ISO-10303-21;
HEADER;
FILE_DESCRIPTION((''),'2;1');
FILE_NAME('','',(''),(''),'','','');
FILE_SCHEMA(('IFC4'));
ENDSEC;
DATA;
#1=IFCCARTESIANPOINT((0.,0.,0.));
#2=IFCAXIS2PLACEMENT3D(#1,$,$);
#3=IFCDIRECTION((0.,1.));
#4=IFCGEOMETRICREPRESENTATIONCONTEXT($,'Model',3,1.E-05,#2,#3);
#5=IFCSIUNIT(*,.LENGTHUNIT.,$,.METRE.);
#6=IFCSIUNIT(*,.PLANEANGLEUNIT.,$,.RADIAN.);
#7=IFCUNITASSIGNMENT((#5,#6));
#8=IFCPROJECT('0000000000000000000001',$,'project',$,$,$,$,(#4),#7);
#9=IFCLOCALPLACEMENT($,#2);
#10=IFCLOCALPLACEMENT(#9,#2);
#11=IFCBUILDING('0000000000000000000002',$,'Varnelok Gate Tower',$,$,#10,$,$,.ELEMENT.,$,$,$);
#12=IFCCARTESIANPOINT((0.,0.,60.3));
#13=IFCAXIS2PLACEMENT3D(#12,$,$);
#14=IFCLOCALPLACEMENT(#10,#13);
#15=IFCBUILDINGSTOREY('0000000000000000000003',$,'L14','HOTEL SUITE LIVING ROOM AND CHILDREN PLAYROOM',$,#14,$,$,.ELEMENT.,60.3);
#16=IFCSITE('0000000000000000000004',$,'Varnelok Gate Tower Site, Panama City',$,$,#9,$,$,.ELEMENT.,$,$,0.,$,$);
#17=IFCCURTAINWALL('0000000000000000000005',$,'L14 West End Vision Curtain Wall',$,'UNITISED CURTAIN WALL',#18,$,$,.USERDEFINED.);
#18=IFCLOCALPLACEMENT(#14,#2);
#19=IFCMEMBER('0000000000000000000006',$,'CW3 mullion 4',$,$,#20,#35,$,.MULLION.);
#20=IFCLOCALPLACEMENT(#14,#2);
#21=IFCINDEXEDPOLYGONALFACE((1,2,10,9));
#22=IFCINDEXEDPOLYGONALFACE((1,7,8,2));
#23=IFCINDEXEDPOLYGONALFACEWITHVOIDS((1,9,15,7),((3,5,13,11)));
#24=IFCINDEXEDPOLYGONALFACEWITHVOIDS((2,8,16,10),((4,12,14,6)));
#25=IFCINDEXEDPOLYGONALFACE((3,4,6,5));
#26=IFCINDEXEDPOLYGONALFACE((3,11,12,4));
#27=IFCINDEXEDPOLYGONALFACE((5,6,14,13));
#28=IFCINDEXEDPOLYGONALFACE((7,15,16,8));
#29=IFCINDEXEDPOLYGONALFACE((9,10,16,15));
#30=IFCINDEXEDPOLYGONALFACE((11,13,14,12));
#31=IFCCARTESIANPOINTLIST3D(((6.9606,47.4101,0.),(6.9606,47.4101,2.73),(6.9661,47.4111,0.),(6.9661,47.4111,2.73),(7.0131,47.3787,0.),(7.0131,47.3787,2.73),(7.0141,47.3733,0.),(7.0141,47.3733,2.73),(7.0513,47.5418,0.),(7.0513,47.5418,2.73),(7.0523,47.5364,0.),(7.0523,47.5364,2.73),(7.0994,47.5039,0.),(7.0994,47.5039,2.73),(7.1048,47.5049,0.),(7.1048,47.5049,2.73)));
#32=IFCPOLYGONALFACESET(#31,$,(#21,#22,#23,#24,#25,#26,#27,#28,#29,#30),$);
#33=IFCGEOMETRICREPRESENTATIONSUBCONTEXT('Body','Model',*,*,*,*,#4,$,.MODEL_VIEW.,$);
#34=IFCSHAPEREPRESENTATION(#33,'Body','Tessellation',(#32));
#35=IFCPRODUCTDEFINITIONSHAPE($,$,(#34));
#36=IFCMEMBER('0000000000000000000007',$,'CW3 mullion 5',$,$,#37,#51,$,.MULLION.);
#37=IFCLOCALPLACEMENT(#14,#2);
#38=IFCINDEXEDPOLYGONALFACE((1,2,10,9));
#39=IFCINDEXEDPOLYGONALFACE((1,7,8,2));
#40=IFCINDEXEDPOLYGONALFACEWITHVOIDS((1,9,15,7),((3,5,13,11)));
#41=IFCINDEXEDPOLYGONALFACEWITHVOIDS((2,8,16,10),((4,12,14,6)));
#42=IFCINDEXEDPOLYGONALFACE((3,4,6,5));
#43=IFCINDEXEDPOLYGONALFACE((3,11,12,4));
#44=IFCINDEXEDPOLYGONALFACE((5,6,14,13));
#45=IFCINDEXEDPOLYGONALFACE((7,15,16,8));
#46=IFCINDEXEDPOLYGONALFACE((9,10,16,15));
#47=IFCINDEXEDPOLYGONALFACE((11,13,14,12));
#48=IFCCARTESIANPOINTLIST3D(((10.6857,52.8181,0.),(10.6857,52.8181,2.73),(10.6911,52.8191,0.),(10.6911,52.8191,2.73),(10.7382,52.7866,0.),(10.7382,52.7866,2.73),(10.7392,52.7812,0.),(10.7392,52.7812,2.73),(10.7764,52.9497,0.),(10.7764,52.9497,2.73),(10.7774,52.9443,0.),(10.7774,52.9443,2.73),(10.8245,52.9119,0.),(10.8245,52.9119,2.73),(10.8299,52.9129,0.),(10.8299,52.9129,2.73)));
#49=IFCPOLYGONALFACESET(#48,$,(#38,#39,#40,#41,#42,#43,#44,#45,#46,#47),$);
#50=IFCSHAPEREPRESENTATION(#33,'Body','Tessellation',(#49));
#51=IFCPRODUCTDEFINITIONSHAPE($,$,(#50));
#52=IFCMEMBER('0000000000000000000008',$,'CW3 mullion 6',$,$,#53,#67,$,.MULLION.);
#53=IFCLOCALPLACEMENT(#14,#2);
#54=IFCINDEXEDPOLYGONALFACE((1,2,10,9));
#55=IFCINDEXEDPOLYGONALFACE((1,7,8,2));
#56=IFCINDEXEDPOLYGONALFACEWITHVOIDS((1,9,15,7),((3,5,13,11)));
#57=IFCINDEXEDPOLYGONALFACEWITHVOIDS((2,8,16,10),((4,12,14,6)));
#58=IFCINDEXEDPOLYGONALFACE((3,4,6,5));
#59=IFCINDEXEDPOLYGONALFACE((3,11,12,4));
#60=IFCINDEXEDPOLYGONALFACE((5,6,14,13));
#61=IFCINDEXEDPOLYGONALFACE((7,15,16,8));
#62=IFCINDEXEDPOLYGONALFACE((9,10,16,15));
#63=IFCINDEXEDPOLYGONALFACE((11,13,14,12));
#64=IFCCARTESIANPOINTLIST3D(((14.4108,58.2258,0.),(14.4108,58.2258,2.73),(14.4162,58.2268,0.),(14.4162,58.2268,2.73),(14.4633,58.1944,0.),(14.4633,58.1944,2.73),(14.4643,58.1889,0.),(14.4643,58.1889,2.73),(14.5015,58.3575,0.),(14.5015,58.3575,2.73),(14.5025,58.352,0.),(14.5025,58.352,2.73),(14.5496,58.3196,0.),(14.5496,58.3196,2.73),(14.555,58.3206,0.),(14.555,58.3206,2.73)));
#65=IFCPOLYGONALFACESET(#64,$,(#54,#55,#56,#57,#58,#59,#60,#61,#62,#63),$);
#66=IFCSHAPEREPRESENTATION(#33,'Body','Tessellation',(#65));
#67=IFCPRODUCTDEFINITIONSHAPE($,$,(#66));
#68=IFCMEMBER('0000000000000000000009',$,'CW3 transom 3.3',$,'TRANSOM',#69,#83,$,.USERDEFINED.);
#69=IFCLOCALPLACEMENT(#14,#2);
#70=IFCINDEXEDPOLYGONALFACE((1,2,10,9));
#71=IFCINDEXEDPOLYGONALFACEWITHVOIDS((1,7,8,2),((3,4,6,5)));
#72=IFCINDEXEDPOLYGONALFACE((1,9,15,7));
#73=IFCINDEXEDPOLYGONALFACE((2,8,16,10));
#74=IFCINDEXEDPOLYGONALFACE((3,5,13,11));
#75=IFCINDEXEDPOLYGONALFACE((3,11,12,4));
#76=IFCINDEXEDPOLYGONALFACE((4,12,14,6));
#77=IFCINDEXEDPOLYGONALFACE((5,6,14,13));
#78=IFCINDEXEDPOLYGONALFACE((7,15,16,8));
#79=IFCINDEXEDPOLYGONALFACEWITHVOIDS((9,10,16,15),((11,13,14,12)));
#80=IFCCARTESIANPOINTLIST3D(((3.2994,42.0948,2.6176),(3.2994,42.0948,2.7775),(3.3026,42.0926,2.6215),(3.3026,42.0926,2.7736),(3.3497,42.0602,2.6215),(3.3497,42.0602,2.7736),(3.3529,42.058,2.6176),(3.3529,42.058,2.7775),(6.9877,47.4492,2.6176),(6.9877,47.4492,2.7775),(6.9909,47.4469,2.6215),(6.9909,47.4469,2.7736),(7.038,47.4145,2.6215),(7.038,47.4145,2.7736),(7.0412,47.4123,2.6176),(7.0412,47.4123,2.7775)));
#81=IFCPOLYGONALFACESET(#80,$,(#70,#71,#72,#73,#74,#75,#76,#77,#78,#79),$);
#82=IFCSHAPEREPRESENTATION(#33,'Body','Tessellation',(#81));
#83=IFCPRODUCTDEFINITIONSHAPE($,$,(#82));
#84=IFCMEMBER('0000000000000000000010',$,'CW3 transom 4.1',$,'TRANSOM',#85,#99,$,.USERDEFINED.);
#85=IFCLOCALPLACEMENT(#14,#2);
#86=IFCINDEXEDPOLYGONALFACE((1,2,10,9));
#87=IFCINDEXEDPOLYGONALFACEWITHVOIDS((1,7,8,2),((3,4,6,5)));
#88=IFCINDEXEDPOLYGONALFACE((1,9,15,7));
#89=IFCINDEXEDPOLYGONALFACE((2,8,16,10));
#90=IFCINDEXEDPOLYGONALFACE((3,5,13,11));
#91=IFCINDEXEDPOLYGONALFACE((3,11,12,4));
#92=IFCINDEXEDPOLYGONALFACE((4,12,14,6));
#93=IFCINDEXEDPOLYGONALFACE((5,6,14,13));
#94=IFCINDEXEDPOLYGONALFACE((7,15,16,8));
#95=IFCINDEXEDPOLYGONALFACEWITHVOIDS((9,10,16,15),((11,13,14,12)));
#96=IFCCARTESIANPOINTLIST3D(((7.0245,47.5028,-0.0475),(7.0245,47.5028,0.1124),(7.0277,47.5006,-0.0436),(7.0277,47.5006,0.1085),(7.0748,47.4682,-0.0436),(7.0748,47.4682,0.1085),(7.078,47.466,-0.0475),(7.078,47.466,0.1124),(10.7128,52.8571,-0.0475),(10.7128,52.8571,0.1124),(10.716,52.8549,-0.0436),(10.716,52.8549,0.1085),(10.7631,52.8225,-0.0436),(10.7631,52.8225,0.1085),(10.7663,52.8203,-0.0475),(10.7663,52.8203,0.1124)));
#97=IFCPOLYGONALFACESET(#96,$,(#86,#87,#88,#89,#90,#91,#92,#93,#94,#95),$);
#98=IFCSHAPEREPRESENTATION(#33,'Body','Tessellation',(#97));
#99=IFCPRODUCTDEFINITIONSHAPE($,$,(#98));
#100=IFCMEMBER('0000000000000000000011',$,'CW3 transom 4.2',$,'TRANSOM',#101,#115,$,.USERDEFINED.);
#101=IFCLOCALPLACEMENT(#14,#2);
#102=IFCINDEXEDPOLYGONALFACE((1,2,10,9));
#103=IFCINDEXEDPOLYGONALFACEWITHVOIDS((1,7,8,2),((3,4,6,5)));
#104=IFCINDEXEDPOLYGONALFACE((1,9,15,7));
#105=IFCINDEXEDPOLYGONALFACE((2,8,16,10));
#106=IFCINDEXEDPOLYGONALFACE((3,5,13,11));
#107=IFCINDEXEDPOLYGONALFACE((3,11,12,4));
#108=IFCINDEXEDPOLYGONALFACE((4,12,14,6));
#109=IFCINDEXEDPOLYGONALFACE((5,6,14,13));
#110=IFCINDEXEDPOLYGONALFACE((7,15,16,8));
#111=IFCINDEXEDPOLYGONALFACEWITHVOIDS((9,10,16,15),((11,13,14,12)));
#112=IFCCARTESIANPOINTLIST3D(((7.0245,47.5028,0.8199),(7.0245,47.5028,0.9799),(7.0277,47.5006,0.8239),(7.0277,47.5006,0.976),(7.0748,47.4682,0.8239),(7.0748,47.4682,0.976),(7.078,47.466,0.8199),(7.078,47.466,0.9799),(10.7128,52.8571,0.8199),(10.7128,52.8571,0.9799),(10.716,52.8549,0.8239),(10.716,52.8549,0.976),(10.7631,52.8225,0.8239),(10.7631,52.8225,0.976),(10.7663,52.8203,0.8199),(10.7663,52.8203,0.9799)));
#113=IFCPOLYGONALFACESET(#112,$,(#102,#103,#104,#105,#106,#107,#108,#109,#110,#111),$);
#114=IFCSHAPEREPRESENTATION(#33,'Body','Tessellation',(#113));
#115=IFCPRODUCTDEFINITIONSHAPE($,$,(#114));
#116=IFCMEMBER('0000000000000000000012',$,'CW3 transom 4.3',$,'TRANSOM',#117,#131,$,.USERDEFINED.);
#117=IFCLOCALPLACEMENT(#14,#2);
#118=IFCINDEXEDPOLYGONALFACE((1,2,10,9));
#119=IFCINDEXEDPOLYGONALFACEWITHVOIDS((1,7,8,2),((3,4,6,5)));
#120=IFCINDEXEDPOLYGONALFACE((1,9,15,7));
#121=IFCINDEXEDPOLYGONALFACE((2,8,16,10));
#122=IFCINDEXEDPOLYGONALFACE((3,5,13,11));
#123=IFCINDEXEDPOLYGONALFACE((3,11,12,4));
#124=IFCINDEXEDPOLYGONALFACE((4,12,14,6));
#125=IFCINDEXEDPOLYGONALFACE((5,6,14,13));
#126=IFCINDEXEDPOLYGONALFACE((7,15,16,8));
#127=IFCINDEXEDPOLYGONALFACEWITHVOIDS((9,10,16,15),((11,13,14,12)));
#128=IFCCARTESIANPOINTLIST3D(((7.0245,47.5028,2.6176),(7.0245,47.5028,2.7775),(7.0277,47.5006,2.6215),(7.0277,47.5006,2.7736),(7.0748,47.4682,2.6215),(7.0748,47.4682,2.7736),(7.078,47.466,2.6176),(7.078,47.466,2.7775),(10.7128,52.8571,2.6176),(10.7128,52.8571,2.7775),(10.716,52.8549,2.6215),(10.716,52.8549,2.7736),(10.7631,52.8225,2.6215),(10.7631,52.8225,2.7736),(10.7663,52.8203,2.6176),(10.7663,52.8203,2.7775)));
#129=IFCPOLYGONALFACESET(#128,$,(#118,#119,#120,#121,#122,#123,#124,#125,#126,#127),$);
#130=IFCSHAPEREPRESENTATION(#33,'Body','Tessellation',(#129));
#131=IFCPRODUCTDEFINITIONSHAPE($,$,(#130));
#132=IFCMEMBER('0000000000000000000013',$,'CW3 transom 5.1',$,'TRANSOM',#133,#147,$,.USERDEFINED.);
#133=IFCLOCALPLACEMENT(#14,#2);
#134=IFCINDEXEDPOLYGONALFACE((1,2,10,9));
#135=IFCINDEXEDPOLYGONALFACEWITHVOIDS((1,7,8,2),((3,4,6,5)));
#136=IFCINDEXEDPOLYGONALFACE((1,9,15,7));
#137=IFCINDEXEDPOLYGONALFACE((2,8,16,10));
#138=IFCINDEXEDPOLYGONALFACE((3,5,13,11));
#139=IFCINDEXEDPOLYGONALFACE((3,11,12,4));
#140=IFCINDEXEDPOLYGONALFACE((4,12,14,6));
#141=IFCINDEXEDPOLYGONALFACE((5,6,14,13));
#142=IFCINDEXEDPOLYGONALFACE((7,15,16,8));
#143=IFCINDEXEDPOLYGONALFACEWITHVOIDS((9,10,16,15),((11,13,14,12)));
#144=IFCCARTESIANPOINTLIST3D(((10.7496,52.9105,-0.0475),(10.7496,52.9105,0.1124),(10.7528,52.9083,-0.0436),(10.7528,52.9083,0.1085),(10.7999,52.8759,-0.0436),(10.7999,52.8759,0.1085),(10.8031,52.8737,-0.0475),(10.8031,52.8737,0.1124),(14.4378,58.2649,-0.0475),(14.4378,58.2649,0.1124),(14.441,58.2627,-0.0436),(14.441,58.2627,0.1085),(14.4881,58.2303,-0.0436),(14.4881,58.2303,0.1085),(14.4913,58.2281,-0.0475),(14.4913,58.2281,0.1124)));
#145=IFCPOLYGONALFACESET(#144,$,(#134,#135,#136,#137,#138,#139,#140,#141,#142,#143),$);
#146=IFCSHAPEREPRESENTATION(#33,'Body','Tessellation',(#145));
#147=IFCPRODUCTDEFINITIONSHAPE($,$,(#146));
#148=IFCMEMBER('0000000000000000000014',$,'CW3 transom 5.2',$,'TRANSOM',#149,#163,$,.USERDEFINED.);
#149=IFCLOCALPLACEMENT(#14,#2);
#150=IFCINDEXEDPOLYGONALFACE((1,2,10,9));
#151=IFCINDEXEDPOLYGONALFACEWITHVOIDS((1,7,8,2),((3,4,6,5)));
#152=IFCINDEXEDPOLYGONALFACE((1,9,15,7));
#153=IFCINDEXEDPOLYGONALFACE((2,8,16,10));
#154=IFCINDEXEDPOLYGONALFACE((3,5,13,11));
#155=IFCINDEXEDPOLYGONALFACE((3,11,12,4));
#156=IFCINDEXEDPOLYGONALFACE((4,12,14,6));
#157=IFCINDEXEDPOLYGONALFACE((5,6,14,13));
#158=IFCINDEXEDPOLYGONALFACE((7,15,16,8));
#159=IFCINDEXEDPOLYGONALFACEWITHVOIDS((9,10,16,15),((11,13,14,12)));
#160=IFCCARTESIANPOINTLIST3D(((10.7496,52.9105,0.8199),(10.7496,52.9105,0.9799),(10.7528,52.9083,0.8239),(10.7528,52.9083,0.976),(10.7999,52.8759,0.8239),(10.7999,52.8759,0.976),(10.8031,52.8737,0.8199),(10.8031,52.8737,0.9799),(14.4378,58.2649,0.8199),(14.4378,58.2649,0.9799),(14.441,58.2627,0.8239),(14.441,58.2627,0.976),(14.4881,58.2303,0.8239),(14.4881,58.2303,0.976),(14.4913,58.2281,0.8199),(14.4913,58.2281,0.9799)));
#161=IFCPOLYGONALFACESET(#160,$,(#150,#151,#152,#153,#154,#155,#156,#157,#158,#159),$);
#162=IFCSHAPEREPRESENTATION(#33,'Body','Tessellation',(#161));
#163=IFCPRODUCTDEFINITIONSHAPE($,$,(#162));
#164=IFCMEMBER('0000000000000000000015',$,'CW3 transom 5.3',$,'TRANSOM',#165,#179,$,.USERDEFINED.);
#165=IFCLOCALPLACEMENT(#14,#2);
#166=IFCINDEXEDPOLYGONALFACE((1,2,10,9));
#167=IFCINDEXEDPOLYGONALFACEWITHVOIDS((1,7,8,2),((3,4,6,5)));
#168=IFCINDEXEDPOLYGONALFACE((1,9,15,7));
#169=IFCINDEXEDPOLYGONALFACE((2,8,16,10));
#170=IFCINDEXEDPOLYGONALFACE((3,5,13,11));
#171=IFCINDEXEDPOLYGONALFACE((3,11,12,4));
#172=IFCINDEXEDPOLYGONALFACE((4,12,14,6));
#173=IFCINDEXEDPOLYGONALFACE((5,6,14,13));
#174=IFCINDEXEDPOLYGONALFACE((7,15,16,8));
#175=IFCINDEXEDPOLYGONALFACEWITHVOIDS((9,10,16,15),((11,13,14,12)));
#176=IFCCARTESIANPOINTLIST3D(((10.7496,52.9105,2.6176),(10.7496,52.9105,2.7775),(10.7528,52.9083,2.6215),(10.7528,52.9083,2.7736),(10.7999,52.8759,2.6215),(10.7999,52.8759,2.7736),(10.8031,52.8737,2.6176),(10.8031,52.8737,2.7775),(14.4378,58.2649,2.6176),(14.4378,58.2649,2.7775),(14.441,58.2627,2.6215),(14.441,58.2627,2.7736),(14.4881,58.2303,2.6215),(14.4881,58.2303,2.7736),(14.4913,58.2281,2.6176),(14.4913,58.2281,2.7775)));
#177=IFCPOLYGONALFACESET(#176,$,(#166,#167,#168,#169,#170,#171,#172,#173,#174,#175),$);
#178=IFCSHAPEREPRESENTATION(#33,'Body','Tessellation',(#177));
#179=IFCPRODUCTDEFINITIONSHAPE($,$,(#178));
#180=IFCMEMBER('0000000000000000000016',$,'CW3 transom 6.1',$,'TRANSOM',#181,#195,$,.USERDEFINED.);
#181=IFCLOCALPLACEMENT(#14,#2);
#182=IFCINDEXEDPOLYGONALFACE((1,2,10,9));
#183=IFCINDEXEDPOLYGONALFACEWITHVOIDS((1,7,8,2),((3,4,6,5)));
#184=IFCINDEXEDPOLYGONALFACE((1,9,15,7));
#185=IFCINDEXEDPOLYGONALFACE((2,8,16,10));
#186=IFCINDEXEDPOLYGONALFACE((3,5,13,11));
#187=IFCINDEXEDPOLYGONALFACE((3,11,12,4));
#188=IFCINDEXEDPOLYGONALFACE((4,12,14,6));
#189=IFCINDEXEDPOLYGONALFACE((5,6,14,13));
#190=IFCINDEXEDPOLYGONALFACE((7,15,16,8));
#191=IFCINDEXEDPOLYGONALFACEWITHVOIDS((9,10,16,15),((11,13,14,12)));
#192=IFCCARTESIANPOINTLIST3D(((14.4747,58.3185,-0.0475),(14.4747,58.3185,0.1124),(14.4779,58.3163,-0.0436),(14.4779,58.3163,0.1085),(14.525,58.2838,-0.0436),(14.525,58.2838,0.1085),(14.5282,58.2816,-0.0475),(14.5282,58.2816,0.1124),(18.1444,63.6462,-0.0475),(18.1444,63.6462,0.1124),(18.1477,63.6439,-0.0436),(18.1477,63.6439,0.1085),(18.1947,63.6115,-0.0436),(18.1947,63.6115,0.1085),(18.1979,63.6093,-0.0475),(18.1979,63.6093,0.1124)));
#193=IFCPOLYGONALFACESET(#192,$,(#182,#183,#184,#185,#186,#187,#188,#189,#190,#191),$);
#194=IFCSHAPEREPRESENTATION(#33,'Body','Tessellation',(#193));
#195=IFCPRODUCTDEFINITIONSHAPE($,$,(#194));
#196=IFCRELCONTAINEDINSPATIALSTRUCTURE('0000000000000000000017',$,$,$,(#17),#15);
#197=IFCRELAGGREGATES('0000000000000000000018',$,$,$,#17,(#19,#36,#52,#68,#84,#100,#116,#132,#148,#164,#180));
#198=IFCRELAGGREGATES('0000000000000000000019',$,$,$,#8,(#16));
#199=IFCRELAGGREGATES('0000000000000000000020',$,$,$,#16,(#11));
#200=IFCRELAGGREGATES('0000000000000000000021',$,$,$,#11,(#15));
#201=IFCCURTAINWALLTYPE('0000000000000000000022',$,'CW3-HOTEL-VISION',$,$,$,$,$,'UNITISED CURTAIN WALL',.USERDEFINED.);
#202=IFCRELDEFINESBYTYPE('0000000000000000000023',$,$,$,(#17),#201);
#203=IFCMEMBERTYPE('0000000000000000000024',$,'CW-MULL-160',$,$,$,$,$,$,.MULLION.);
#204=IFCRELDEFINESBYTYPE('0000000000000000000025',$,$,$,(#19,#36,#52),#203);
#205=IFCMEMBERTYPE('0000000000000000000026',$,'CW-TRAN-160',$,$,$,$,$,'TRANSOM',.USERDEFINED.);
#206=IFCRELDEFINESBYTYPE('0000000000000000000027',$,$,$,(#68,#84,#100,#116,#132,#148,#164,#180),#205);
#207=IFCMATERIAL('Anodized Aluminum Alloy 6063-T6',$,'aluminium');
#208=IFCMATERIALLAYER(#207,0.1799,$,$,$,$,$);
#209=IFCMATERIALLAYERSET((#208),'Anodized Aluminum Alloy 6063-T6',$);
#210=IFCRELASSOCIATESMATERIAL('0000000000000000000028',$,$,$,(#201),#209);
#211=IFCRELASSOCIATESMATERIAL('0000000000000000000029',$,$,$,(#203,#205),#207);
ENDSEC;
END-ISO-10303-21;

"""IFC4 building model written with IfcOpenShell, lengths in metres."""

from ifc_helpers import new_model, si_unit, direction, frame, origin, origin_2d, place, context, subcontext, project, spatial, hollow_rectangle, extrude, material, layer, layer_set, material_profile, profile_set, type_object, element, aggregate, save


model = new_model("IFC4")

# Units and contexts
model_context = context("Model", 3, precision=1e-05, world=origin(), true_north=direction((0.0, 1.0)))
body_context = subcontext(model_context, "Body", "Model", "MODEL_VIEW")
ifc_project = project(units=[si_unit("LENGTHUNIT", "METRE"), si_unit("PLANEANGLEUNIT", "RADIAN")], contexts=[model_context])

# Site, building, storey
site_placement = place(None, origin())
site = spatial("IfcSite", under=ifc_project, at=site_placement, Name="Varnelok Gate Tower Site, Panama City", CompositionType="ELEMENT", RefElevation=0.0)
building_placement = place(site_placement, origin())
building = spatial("IfcBuilding", under=site, at=building_placement, Name="Varnelok Gate Tower", CompositionType="ELEMENT")
storey_placement = place(building_placement, frame((0.0, 0.0, 60.3)))
storey = spatial("IfcBuildingStorey", under=building, at=storey_placement, Name="L14", Description="HOTEL SUITE LIVING ROOM AND CHILDREN PLAYROOM", CompositionType="ELEMENT", Elevation=60.3)

# Curtain wall, members
ifc_material_1 = material(Name="Anodized Aluminum Alloy 6063-T6", Category="aluminium")
ifc_layer_1 = layer(ifc_material_1, 0.1799)
ifc_layer_set_1 = layer_set([ifc_layer_1], Name="Anodized Aluminum Alloy 6063-T6")
curtain_wall_type = type_object("IfcCurtainWallType", Name="CW3-HOTEL-VISION", ElementType="UNITISED CURTAIN WALL", PredefinedType="USERDEFINED", material=ifc_layer_set_1)
curtain_wall_placement = place(storey_placement, origin())
curtain_wall = element("IfcCurtainWall", 1, at=curtain_wall_placement, inside=storey, type_object=curtain_wall_type, Name="L14 West End Vision Curtain Wall", ObjectType="UNITISED CURTAIN WALL", PredefinedType="USERDEFINED")
ifc_material_profile_1 = material_profile(ifc_material_1, hollow_rectangle(XDim=0.0649, YDim=0.1599, WallThickness=0.0039, at=origin_2d()), Name="ALU160X65X4")
ifc_profile_set_1 = profile_set([ifc_material_profile_1], Name="Anodized Aluminum Alloy 6063-T6")
member_type_1 = type_object("IfcMemberType", Name="CW-MULL-160", PredefinedType="MULLION", material=ifc_profile_set_1)
member_1_placement = place(storey_placement, frame((7.0327, 47.4575, 0.0), z_axis=(0.0, 0.0, 1.0), x_axis=(-0.823533, 0.567269, 0.0)))
member_1 = element("IfcMember", 2, at=member_1_placement, type_object=member_type_1, Name="CW3 mullion 4", PredefinedType="MULLION", context=body_context, shape_type="SweptSolid", body=[
    extrude(hollow_rectangle(XDim=0.0649, YDim=0.1599, WallThickness=0.0039, at=origin_2d()), origin(), (0.0, 0.0, 1.0), 2.73),
])
member_2_placement = place(storey_placement, frame((10.7578, 52.8655, 0.0), z_axis=(0.0, 0.0, 1.0), x_axis=(-0.823533, 0.567269, 0.0)))
member_2 = element("IfcMember", 3, at=member_2_placement, type_object=member_type_1, Name="CW3 mullion 5", PredefinedType="MULLION", context=body_context, shape_type="SweptSolid", body=[
    extrude(hollow_rectangle(XDim=0.0649, YDim=0.1599, WallThickness=0.0039, at=origin_2d()), origin(), (0.0, 0.0, 1.0), 2.73),
])
member_3_placement = place(storey_placement, frame((14.4829, 58.2732, 0.0), z_axis=(0.0, 0.0, 1.0), x_axis=(-0.823533, 0.567269, 0.0)))
member_3 = element("IfcMember", 4, at=member_3_placement, type_object=member_type_1, Name="CW3 mullion 6", PredefinedType="MULLION", context=body_context, shape_type="SweptSolid", body=[
    extrude(hollow_rectangle(XDim=0.0649, YDim=0.1599, WallThickness=0.0039, at=origin_2d()), origin(), (0.0, 0.0, 1.0), 2.73),
])
ifc_material_profile_2 = material_profile(ifc_material_1, hollow_rectangle(XDim=0.0649, YDim=0.1599, WallThickness=0.0039, at=origin_2d()), Name="ALU160X65X4")
ifc_profile_set_2 = profile_set([ifc_material_profile_2], Name="Anodized Aluminum Alloy 6063-T6")
member_type_2 = type_object("IfcMemberType", Name="CW-TRAN-160", ElementType="TRANSOM", PredefinedType="USERDEFINED", material=ifc_profile_set_2)
member_4_placement = place(storey_placement, frame((3.3262, 42.0764, 2.6975), z_axis=(0.567279, 0.823526, 0.0), x_axis=(-0.823526, 0.567279, 0.0)))
member_4 = element("IfcMember", 5, at=member_4_placement, type_object=member_type_2, Name="CW3 transom 3.3", ObjectType="TRANSOM", PredefinedType="USERDEFINED", context=body_context, shape_type="SweptSolid", body=[
    extrude(hollow_rectangle(XDim=0.0649, YDim=0.1599, WallThickness=0.0039, at=origin_2d()), origin(), (0.0, 0.0, 1.0), 6.5017),
])
member_5_placement = place(storey_placement, frame((7.0513, 47.4844, 0.0325), z_axis=(0.567279, 0.823526, 0.0), x_axis=(-0.823526, 0.567279, 0.0)))
member_5 = element("IfcMember", 6, at=member_5_placement, type_object=member_type_2, Name="CW3 transom 4.1", ObjectType="TRANSOM", PredefinedType="USERDEFINED", context=body_context, shape_type="SweptSolid", body=[
    extrude(hollow_rectangle(XDim=0.0649, YDim=0.1599, WallThickness=0.0039, at=origin_2d()), origin(), (0.0, 0.0, 1.0), 6.5017),
])
member_6_placement = place(storey_placement, frame((7.0513, 47.4844, 0.8999), z_axis=(0.567279, 0.823526, 0.0), x_axis=(-0.823526, 0.567279, 0.0)))
member_6 = element("IfcMember", 7, at=member_6_placement, type_object=member_type_2, Name="CW3 transom 4.2", ObjectType="TRANSOM", PredefinedType="USERDEFINED", context=body_context, shape_type="SweptSolid", body=[
    extrude(hollow_rectangle(XDim=0.0649, YDim=0.1599, WallThickness=0.0039, at=origin_2d()), origin(), (0.0, 0.0, 1.0), 6.5017),
])
member_7_placement = place(storey_placement, frame((7.0513, 47.4844, 2.6975), z_axis=(0.567279, 0.823526, 0.0), x_axis=(-0.823526, 0.567279, 0.0)))
member_7 = element("IfcMember", 8, at=member_7_placement, type_object=member_type_2, Name="CW3 transom 4.3", ObjectType="TRANSOM", PredefinedType="USERDEFINED", context=body_context, shape_type="SweptSolid", body=[
    extrude(hollow_rectangle(XDim=0.0649, YDim=0.1599, WallThickness=0.0039, at=origin_2d()), origin(), (0.0, 0.0, 1.0), 6.5017),
])
member_8_placement = place(storey_placement, frame((10.7764, 52.8921, 0.0325), z_axis=(0.567262, 0.823538, 0.0), x_axis=(-0.823538, 0.567262, 0.0)))
member_8 = element("IfcMember", 9, at=member_8_placement, type_object=member_type_2, Name="CW3 transom 5.1", ObjectType="TRANSOM", PredefinedType="USERDEFINED", context=body_context, shape_type="SweptSolid", body=[
    extrude(hollow_rectangle(XDim=0.0649, YDim=0.1599, WallThickness=0.0039, at=origin_2d()), origin(), (0.0, 0.0, 1.0), 6.5017),
])
member_9_placement = place(storey_placement, frame((10.7764, 52.8921, 0.8999), z_axis=(0.567262, 0.823538, 0.0), x_axis=(-0.823538, 0.567262, 0.0)))
member_9 = element("IfcMember", 10, at=member_9_placement, type_object=member_type_2, Name="CW3 transom 5.2", ObjectType="TRANSOM", PredefinedType="USERDEFINED", context=body_context, shape_type="SweptSolid", body=[
    extrude(hollow_rectangle(XDim=0.0649, YDim=0.1599, WallThickness=0.0039, at=origin_2d()), origin(), (0.0, 0.0, 1.0), 6.5017),
])
member_10_placement = place(storey_placement, frame((10.7764, 52.8921, 2.6975), z_axis=(0.567262, 0.823538, 0.0), x_axis=(-0.823538, 0.567262, 0.0)))
member_10 = element("IfcMember", 11, at=member_10_placement, type_object=member_type_2, Name="CW3 transom 5.3", ObjectType="TRANSOM", PredefinedType="USERDEFINED", context=body_context, shape_type="SweptSolid", body=[
    extrude(hollow_rectangle(XDim=0.0649, YDim=0.1599, WallThickness=0.0039, at=origin_2d()), origin(), (0.0, 0.0, 1.0), 6.5017),
])
member_11_placement = place(storey_placement, frame((14.5015, 58.3, 0.0325), z_axis=(0.567256, 0.823542, 0.0), x_axis=(-0.823542, 0.567256, 0.0)))
member_11 = element("IfcMember", 12, at=member_11_placement, type_object=member_type_2, Name="CW3 transom 6.1", ObjectType="TRANSOM", PredefinedType="USERDEFINED", context=body_context, shape_type="SweptSolid", body=[
    extrude(hollow_rectangle(XDim=0.0649, YDim=0.1599, WallThickness=0.0039, at=origin_2d()), origin(), (0.0, 0.0, 1.0), 6.4692),
])
aggregate(curtain_wall, [member_1, member_2, member_3, member_4, member_5, member_6, member_7, member_8, member_9, member_10, member_11])

save(model, "model.ifc")
